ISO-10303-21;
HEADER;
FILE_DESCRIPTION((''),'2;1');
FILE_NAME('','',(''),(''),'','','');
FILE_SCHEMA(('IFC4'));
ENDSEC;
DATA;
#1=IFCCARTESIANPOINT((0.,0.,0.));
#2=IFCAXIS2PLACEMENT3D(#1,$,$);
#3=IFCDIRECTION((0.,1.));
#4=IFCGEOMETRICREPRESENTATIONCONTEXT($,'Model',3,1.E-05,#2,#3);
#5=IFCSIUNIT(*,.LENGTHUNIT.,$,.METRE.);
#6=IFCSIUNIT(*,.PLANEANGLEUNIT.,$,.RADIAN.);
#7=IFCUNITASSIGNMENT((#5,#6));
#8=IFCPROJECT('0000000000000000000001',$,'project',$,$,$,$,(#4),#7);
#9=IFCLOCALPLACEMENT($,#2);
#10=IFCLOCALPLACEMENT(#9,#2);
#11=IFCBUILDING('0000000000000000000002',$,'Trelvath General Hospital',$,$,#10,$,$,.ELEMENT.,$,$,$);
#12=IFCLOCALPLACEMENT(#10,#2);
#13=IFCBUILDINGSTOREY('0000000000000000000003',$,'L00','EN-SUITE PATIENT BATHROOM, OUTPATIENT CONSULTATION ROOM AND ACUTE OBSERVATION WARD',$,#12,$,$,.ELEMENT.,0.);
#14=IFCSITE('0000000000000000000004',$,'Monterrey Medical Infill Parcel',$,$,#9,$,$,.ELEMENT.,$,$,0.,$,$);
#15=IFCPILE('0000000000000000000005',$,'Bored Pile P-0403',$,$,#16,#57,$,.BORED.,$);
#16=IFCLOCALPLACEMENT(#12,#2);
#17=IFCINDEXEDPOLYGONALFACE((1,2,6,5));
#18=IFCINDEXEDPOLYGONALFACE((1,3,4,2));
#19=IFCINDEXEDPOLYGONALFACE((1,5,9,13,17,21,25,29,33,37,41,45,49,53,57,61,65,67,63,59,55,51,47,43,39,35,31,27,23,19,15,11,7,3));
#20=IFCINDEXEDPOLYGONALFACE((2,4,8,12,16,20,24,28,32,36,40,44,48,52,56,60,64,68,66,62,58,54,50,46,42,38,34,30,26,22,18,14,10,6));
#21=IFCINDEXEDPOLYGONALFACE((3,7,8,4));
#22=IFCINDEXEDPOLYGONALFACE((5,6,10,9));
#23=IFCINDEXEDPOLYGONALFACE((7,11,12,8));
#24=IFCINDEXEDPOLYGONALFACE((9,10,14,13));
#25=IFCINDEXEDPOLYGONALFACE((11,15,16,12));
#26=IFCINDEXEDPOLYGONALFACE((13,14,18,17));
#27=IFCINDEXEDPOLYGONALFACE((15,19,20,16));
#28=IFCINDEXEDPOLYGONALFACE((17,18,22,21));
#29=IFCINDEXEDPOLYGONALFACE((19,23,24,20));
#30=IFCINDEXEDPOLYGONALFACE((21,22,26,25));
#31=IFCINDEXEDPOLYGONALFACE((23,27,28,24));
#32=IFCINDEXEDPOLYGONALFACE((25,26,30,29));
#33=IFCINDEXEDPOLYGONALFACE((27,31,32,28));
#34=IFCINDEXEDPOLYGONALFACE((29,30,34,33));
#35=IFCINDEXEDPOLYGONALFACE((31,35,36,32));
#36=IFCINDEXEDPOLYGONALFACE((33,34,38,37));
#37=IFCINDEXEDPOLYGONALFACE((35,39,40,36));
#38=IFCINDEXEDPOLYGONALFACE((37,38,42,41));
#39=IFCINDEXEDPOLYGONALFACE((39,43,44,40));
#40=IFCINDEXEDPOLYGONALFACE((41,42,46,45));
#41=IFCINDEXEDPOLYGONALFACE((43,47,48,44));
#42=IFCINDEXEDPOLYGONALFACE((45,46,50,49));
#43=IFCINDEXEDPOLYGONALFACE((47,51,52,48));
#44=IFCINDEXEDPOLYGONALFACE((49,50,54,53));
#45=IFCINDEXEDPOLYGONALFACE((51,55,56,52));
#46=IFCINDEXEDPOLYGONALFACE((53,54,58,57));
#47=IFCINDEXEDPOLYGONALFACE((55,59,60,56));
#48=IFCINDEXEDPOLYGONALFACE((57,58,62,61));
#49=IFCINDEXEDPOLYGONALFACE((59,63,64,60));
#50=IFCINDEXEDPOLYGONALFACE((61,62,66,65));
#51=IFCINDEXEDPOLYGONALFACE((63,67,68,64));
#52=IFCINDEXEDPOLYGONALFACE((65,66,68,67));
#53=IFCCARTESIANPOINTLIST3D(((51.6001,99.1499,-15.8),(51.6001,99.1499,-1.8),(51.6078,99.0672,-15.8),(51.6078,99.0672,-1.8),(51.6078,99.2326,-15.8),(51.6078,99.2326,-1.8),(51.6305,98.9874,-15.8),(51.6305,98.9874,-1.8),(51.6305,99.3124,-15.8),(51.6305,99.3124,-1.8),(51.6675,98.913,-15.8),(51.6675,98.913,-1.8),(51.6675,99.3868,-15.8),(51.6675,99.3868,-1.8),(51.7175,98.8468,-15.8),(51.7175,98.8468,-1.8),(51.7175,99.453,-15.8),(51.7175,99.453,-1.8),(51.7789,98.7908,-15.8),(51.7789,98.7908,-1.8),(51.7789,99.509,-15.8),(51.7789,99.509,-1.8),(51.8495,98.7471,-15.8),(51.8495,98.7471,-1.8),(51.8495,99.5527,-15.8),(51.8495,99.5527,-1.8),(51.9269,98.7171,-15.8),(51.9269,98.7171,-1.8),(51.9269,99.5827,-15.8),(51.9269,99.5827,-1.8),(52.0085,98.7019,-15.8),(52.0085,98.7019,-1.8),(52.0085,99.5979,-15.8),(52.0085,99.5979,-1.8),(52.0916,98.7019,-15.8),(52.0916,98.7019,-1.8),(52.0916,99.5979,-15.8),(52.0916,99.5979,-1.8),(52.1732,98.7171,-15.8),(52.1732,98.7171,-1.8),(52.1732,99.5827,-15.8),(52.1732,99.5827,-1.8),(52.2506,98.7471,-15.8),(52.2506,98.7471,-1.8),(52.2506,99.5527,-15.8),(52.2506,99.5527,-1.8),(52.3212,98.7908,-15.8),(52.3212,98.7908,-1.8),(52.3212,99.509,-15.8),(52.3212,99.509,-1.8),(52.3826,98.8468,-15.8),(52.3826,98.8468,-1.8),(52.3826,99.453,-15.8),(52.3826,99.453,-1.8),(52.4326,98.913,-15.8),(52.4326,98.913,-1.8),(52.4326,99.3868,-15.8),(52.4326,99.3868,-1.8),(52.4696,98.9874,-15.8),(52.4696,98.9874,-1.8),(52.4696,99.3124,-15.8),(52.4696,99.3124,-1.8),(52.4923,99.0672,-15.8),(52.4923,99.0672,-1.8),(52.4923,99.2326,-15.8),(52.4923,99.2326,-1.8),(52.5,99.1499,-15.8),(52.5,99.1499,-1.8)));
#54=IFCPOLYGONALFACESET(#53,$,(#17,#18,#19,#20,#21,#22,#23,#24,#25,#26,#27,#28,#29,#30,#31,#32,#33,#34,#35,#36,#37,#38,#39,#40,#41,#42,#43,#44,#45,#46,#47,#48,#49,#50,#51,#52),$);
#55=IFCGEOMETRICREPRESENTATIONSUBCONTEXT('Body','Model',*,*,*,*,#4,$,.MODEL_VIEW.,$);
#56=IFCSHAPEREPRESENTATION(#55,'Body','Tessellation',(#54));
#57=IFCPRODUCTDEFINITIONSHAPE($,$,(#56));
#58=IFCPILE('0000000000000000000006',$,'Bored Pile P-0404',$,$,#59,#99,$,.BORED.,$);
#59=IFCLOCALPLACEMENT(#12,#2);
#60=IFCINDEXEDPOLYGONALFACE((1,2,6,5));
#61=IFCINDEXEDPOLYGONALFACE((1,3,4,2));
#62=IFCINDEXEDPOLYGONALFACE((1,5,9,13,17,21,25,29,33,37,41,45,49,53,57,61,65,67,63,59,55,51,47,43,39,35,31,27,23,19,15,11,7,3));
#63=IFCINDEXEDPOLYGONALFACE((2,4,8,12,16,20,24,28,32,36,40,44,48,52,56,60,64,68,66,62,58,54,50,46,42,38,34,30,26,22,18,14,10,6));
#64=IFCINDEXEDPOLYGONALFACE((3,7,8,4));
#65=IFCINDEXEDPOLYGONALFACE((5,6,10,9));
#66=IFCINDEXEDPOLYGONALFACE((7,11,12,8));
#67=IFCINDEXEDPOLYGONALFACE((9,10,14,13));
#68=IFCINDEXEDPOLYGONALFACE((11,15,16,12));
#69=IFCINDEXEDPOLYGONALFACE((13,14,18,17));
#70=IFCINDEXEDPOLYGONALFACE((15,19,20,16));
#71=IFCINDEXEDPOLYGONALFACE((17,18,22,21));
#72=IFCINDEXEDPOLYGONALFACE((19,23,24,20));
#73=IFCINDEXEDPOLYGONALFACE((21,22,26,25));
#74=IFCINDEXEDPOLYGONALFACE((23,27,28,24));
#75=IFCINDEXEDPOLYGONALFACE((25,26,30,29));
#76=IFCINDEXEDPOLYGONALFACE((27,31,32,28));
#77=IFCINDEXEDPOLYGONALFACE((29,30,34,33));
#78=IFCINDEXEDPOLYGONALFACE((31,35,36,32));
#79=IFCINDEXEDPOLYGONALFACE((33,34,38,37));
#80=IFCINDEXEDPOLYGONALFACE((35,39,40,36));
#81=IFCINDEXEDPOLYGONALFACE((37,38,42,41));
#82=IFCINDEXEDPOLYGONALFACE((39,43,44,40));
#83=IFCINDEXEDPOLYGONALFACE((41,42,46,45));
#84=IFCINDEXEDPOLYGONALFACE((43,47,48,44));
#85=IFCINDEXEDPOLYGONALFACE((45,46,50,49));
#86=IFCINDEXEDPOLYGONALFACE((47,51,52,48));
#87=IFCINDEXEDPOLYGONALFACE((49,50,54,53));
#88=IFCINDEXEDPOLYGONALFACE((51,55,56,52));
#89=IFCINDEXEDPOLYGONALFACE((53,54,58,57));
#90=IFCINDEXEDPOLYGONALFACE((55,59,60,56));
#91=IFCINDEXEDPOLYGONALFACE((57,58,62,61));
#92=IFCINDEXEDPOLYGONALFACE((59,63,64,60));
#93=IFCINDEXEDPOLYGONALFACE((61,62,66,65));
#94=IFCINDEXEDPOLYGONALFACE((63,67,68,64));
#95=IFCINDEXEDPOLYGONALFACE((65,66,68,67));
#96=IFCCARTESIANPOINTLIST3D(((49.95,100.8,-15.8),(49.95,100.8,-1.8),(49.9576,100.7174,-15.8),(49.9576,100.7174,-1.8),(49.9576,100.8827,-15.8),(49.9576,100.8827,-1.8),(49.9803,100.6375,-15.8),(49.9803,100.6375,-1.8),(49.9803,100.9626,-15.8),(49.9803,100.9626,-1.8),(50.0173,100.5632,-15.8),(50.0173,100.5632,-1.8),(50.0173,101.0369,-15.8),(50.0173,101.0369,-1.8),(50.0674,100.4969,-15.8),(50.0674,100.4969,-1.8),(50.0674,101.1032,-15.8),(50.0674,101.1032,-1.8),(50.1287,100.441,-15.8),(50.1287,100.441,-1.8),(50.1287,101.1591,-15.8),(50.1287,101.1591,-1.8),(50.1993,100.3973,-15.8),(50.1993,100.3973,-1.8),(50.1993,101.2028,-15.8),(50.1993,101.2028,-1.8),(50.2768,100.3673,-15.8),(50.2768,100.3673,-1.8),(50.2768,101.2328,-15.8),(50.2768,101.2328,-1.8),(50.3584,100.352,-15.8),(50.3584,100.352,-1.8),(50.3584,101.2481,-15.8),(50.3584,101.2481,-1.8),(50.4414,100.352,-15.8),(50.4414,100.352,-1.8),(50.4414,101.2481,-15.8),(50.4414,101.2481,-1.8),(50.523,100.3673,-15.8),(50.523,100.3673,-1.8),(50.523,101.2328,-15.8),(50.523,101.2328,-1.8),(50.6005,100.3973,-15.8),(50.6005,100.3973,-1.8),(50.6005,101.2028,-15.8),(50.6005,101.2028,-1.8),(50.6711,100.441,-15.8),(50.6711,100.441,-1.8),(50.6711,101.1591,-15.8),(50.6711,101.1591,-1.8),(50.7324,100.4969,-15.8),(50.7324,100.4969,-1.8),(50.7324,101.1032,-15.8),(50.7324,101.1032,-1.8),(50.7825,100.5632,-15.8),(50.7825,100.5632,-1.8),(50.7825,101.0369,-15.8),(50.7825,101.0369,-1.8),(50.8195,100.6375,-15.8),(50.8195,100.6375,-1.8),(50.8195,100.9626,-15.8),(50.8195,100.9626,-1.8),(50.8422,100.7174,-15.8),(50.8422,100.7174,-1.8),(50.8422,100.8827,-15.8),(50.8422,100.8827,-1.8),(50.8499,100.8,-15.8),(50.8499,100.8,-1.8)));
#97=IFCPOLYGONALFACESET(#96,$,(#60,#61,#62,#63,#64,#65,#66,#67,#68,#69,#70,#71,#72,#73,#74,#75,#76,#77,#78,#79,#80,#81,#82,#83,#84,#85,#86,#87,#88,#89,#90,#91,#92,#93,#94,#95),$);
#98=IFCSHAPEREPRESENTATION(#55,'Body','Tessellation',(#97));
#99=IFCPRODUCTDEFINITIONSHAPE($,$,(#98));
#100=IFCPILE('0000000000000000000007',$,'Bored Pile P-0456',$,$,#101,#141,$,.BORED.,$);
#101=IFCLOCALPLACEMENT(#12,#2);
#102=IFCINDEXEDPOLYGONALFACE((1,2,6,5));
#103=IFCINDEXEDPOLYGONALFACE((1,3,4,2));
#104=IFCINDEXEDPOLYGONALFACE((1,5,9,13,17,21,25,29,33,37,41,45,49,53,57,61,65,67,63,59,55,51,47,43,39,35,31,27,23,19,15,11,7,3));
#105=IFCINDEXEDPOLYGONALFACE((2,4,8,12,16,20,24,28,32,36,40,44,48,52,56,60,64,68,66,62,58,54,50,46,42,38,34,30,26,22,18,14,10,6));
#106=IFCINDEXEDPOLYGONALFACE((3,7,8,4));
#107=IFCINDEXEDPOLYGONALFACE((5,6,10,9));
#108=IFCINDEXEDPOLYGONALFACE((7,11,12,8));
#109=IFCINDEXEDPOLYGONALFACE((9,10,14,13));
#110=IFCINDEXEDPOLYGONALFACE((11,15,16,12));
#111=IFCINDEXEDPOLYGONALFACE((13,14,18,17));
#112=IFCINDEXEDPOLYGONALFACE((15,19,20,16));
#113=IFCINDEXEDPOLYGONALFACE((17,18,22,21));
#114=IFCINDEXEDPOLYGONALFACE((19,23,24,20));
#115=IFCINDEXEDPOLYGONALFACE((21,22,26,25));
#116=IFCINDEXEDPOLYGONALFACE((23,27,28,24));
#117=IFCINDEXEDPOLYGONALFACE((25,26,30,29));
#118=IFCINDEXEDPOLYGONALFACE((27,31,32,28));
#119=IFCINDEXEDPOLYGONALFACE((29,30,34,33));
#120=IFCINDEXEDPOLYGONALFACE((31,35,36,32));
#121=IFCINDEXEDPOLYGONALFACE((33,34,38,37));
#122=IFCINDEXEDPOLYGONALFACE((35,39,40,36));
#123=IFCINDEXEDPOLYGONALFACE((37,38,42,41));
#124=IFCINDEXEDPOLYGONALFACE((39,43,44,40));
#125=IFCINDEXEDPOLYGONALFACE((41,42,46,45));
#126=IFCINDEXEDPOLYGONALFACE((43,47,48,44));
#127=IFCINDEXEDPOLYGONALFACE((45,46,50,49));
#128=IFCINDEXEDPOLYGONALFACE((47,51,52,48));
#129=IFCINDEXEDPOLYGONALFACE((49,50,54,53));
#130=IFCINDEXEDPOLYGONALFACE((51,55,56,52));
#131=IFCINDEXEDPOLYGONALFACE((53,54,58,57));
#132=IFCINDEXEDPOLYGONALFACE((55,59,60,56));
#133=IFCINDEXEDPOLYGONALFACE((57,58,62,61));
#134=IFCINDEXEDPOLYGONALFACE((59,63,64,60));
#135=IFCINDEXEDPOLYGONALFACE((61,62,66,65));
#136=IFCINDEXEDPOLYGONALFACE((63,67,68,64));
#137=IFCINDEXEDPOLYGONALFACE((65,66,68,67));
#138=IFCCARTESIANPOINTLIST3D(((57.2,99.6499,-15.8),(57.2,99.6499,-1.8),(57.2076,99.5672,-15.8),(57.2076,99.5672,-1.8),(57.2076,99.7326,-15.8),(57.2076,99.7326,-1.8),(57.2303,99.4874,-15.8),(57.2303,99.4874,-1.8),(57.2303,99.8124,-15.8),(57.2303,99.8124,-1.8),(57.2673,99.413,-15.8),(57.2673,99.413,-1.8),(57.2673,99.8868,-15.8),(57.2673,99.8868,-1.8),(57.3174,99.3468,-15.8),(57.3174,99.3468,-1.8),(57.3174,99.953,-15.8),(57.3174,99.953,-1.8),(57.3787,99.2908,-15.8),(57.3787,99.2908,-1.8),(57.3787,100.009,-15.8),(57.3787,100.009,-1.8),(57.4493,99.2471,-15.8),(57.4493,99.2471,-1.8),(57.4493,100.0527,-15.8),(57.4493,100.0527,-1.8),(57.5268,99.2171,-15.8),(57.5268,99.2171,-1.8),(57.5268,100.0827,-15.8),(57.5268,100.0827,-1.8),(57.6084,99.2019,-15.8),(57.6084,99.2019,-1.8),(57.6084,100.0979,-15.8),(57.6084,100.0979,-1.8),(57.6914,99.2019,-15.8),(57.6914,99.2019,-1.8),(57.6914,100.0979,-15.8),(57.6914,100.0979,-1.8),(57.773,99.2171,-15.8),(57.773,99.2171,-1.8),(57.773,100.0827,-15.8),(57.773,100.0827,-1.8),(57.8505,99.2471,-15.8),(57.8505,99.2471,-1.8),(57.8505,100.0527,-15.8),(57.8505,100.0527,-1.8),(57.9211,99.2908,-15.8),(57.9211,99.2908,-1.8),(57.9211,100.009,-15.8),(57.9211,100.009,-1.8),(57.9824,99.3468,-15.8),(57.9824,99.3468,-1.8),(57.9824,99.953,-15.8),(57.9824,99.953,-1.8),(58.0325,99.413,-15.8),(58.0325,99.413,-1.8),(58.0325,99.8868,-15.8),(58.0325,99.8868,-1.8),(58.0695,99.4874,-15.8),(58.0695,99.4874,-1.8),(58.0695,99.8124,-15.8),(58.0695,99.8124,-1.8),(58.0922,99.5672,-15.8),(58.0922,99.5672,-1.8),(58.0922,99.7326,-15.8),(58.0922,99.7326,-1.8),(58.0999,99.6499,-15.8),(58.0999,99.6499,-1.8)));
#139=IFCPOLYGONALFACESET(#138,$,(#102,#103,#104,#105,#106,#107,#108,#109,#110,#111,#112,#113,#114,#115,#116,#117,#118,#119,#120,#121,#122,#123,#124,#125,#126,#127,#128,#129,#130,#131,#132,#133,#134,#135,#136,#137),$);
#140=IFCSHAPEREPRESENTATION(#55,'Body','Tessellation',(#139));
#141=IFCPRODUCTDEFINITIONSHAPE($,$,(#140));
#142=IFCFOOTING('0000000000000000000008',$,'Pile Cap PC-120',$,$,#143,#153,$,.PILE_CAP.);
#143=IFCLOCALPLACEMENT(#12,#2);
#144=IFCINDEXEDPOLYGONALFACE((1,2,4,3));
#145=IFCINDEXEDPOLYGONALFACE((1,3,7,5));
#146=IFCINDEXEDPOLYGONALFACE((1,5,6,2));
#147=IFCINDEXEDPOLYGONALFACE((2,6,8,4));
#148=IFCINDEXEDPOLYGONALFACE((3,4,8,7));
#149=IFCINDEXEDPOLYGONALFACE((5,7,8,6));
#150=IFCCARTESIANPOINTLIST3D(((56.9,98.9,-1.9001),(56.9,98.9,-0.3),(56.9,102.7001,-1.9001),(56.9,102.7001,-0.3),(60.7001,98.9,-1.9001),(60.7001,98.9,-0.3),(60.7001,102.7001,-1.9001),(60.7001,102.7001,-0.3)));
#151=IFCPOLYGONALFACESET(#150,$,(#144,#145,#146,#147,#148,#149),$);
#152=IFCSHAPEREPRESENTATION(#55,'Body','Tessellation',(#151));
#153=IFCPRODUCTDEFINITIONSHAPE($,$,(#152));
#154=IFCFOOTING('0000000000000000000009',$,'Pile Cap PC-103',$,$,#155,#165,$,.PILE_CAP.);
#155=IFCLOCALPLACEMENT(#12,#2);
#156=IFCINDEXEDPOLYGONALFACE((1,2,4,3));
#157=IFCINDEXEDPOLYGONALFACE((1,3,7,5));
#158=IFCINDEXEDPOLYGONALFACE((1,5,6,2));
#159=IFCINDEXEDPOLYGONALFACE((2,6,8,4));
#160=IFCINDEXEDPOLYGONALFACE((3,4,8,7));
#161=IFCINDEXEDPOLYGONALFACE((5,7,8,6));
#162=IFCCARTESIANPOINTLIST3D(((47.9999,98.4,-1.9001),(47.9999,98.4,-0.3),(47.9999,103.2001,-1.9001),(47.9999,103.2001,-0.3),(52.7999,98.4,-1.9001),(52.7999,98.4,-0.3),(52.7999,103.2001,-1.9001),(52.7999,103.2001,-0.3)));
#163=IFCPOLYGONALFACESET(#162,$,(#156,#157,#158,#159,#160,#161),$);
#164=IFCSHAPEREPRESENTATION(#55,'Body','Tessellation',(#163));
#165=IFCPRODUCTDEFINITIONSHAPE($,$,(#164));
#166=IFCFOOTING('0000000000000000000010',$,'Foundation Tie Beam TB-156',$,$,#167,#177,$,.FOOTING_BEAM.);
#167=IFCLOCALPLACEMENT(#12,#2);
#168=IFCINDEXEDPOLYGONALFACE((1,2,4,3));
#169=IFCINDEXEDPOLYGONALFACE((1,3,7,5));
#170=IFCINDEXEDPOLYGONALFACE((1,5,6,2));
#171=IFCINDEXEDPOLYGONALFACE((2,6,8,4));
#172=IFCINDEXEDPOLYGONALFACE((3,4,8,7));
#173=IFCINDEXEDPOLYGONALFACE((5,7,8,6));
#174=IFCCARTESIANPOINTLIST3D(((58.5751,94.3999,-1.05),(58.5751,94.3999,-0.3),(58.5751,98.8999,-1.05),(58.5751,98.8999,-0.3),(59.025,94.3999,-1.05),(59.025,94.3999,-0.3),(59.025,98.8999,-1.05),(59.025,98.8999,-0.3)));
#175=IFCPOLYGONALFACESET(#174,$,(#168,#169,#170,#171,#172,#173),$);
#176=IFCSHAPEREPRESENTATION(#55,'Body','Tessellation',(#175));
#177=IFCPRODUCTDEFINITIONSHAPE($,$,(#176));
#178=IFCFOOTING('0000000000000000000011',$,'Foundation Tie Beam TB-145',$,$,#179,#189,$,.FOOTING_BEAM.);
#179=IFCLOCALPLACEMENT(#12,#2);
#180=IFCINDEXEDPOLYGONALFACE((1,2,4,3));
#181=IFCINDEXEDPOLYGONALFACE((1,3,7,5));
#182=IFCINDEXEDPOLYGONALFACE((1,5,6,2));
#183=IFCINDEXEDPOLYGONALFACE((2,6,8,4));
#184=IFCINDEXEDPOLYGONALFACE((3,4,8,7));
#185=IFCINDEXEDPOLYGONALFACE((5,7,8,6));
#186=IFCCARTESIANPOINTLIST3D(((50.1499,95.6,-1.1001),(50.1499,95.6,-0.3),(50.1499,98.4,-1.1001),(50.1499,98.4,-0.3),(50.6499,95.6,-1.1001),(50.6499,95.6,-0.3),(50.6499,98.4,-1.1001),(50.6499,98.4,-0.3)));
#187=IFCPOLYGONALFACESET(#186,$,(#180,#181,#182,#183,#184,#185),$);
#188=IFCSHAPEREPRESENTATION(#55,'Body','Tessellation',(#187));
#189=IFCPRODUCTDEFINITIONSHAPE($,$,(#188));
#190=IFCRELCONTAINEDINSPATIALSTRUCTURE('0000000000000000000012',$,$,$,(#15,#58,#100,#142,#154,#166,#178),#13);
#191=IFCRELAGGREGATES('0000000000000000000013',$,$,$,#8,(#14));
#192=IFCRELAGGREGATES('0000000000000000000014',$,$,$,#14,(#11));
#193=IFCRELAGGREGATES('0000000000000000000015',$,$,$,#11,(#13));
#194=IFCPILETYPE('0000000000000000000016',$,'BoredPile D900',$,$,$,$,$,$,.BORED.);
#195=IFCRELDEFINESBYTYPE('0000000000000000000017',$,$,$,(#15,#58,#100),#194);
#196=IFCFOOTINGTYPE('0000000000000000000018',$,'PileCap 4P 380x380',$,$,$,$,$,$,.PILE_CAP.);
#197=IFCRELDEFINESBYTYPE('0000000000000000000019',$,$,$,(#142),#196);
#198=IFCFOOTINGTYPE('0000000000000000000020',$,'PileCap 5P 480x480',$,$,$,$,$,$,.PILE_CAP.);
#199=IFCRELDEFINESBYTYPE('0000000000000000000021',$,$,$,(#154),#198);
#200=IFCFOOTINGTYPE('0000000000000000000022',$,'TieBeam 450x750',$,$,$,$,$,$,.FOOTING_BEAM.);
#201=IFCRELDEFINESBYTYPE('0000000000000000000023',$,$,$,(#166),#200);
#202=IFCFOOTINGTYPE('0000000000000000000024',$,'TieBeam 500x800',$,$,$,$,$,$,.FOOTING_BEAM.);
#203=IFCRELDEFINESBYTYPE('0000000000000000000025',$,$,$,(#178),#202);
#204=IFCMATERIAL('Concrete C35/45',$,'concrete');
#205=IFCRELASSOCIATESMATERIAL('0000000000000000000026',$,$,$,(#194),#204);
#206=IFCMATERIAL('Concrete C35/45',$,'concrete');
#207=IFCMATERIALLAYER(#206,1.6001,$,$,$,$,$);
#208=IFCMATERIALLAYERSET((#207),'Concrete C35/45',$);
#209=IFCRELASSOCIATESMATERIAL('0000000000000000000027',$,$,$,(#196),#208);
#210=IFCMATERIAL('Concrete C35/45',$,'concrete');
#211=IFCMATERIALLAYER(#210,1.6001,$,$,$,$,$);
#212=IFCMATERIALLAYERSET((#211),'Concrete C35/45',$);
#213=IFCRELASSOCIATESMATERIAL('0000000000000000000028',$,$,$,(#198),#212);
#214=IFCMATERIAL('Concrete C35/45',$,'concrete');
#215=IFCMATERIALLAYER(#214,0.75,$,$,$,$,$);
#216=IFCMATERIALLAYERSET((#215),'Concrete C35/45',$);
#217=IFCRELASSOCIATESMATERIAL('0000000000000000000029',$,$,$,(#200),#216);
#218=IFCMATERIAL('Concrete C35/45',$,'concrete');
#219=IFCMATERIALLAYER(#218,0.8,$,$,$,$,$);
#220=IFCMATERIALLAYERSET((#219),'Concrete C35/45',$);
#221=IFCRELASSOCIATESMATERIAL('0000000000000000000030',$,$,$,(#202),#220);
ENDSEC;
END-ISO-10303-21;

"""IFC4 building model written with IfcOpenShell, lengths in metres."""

from ifc_helpers import new_model, si_unit, direction, frame, origin, origin_2d, place, context, subcontext, project, spatial, rectangle, circle, extrude, material, layer, layer_set, material_profile, profile_set, type_object, element, save


model = new_model("IFC4")

# Units and contexts
model_context = context("Model", 3, precision=1e-05, world=origin(), true_north=direction((0.0, 1.0)))
body_context = subcontext(model_context, "Body", "Model", "MODEL_VIEW")
ifc_project = project(units=[si_unit("LENGTHUNIT", "METRE"), si_unit("PLANEANGLEUNIT", "RADIAN")], contexts=[model_context])

# Site, building, storey
site_placement = place(None, origin())
site = spatial("IfcSite", under=ifc_project, at=site_placement, Name="Monterrey Medical Infill Parcel", CompositionType="ELEMENT", RefElevation=0.0)
building_placement = place(site_placement, origin())
building = spatial("IfcBuilding", under=site, at=building_placement, Name="Trelvath General Hospital", CompositionType="ELEMENT")
storey_placement = place(building_placement, origin())
storey = spatial("IfcBuildingStorey", under=building, at=storey_placement, Name="L00", Description="EN-SUITE PATIENT BATHROOM, OUTPATIENT CONSULTATION ROOM AND ACUTE OBSERVATION WARD", CompositionType="ELEMENT", Elevation=0.0)

# Piles
ifc_material_1 = material(Name="Concrete C35/45", Category="concrete")
ifc_material_profile_1 = material_profile(ifc_material_1, circle(Radius=0.45, at=origin_2d()), Name="PILE900")
ifc_profile_set_1 = profile_set([ifc_material_profile_1], Name="Concrete C35/45")
pile_type_1 = type_object("IfcPileType", Name="BoredPile D900", PredefinedType="BORED", material=ifc_profile_set_1)
for number, where, z_axis, x_axis, name in (
    (1, (52.05, 99.1499, -1.8), (0.0, 0.0, -1.0), (1.0, 0.0, 0.0), "Bored Pile P-0403"),
    (2, (50.3999, 100.8, -1.8), (0.0, 0.0, -1.0), (1.0, 0.0, 0.0), "Bored Pile P-0404"),
    (3, (57.6499, 99.6499, -1.8), (0.0, 0.0, -1.0), (1.0, 0.0, 0.0), "Bored Pile P-0456"),
):
    element("IfcPile", number, at=place(storey_placement, frame(where, z_axis=z_axis, x_axis=x_axis)), inside=storey, type_object=pile_type_1, Name=name, PredefinedType="BORED", context=body_context, shape_type="SweptSolid", body=[
        extrude(circle(Radius=0.45, at=origin_2d()), origin(), (0.0, 0.0, 1.0), 14.0),
    ])

# Footings
ifc_material_2 = material(Name="Concrete C35/45", Category="concrete")
ifc_layer_1 = layer(ifc_material_2, 1.6001)
ifc_layer_set_1 = layer_set([ifc_layer_1], Name="Concrete C35/45")
footing_type_1 = type_object("IfcFootingType", Name="PileCap 4P 380x380", PredefinedType="PILE_CAP", material=ifc_layer_set_1)
footing_1_placement = place(storey_placement, frame((58.8, 100.8, -1.9001), z_axis=(0.0, 0.0, 1.0), x_axis=(1.0, 0.0, 0.0)))
element("IfcFooting", 4, at=footing_1_placement, inside=storey, type_object=footing_type_1, Name="Pile Cap PC-120", PredefinedType="PILE_CAP", context=body_context, shape_type="SweptSolid", body=[
    extrude(rectangle(XDim=3.8, YDim=3.8, at=origin_2d()), origin(), (0.0, 0.0, 1.0), 1.6001),
])
ifc_material_3 = material(Name="Concrete C35/45", Category="concrete")
ifc_layer_2 = layer(ifc_material_3, 1.6001)
ifc_layer_set_2 = layer_set([ifc_layer_2], Name="Concrete C35/45")
footing_type_2 = type_object("IfcFootingType", Name="PileCap 5P 480x480", PredefinedType="PILE_CAP", material=ifc_layer_set_2)
footing_2_placement = place(storey_placement, frame((50.3999, 100.8, -1.9001), z_axis=(0.0, 0.0, 1.0), x_axis=(1.0, 0.0, 0.0)))
element("IfcFooting", 5, at=footing_2_placement, inside=storey, type_object=footing_type_2, Name="Pile Cap PC-103", PredefinedType="PILE_CAP", context=body_context, shape_type="SweptSolid", body=[
    extrude(rectangle(XDim=4.8, YDim=4.8, at=origin_2d()), origin(), (0.0, 0.0, 1.0), 1.6001),
])
ifc_material_4 = material(Name="Concrete C35/45", Category="concrete")
ifc_layer_3 = layer(ifc_material_4, 0.75)
ifc_layer_set_3 = layer_set([ifc_layer_3], Name="Concrete C35/45")
footing_type_3 = type_object("IfcFootingType", Name="TieBeam 450x750", PredefinedType="FOOTING_BEAM", material=ifc_layer_set_3)
footing_3_placement = place(storey_placement, frame((58.8, 96.6499, -1.05), z_axis=(0.0, 0.0, 1.0), x_axis=(1.0, 0.0, 0.0)))
element("IfcFooting", 6, at=footing_3_placement, inside=storey, type_object=footing_type_3, Name="Foundation Tie Beam TB-156", PredefinedType="FOOTING_BEAM", context=body_context, shape_type="SweptSolid", body=[
    extrude(rectangle(XDim=0.45, YDim=4.5, at=origin_2d()), origin(), (0.0, 0.0, 1.0), 0.75),
])
ifc_material_5 = material(Name="Concrete C35/45", Category="concrete")
ifc_layer_4 = layer(ifc_material_5, 0.8)
ifc_layer_set_4 = layer_set([ifc_layer_4], Name="Concrete C35/45")
footing_type_4 = type_object("IfcFootingType", Name="TieBeam 500x800", PredefinedType="FOOTING_BEAM", material=ifc_layer_set_4)
footing_4_placement = place(storey_placement, frame((50.3999, 97.0, -1.1001), z_axis=(0.0, 0.0, 1.0), x_axis=(1.0, 0.0, 0.0)))
element("IfcFooting", 7, at=footing_4_placement, inside=storey, type_object=footing_type_4, Name="Foundation Tie Beam TB-145", PredefinedType="FOOTING_BEAM", context=body_context, shape_type="SweptSolid", body=[
    extrude(rectangle(XDim=0.5, YDim=2.8, at=origin_2d()), origin(), (0.0, 0.0, 1.0), 0.8),
])

save(model, "model.ifc")
